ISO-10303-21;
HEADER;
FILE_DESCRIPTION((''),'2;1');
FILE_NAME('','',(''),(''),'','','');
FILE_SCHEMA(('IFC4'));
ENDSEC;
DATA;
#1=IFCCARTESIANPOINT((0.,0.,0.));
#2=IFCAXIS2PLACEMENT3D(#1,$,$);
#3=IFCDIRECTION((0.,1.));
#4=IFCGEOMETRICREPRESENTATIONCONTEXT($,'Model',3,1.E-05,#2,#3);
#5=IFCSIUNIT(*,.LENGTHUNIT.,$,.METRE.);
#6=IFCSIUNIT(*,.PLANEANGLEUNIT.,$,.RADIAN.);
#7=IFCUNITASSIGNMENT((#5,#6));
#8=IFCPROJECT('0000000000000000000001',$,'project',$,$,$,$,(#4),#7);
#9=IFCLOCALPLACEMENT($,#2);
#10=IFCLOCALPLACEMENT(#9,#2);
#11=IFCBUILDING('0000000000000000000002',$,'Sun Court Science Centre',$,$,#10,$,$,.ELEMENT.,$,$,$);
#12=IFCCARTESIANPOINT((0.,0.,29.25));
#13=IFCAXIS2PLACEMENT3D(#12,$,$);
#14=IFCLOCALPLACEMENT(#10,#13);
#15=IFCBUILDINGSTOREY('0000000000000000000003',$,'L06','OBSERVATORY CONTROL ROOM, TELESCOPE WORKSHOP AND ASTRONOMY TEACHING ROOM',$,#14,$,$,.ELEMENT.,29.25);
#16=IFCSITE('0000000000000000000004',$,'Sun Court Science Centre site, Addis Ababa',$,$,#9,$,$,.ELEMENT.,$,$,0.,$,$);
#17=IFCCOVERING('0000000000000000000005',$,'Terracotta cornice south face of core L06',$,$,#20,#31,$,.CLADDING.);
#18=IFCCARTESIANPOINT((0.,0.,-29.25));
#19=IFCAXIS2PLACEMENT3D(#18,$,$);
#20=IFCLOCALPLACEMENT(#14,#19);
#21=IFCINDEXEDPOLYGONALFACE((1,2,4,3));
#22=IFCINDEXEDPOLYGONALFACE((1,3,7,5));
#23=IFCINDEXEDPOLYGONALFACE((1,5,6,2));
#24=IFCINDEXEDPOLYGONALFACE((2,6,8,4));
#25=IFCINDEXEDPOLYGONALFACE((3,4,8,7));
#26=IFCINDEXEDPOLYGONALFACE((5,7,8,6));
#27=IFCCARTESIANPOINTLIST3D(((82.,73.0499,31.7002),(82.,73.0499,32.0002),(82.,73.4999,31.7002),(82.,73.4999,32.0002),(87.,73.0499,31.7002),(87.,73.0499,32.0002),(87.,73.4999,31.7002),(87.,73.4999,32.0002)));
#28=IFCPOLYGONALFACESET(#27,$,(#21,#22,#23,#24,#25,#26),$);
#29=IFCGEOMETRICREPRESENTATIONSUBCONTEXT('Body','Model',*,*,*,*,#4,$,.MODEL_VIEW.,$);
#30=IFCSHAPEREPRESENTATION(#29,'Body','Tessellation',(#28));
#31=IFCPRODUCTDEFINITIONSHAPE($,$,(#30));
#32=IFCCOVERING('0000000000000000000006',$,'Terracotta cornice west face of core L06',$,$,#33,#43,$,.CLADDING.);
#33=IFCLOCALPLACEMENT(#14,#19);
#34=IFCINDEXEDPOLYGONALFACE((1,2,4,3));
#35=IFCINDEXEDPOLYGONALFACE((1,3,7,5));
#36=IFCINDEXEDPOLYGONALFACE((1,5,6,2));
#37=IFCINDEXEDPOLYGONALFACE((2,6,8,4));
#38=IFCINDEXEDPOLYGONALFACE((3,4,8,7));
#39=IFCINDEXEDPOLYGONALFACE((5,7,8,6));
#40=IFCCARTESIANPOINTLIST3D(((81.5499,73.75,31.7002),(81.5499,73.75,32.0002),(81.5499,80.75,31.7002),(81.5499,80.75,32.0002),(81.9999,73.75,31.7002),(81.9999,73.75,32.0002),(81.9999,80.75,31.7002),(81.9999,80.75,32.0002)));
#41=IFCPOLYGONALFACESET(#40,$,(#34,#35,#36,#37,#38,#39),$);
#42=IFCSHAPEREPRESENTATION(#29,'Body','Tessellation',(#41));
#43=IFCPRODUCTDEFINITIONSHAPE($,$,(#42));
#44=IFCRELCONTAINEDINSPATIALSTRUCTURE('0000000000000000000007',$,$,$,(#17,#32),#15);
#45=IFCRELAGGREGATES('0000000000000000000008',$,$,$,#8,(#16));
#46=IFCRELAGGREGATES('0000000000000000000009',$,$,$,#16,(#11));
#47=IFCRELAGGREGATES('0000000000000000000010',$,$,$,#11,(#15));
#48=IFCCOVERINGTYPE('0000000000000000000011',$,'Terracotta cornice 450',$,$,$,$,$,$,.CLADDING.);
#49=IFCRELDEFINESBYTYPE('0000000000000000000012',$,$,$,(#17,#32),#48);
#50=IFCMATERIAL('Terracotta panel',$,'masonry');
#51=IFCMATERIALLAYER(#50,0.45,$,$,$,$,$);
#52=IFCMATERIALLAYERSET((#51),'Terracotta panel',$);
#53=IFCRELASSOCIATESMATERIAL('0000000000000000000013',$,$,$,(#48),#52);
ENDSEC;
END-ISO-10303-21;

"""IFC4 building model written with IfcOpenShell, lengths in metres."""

from ifc_helpers import new_model, si_unit, direction, frame, origin, origin_2d, place, context, subcontext, project, spatial, rectangle, extrude, material, layer, layer_set, type_object, element, save


model = new_model("IFC4")

# Units and contexts
model_context = context("Model", 3, precision=1e-05, world=origin(), true_north=direction((0.0, 1.0)))
body_context = subcontext(model_context, "Body", "Model", "MODEL_VIEW")
ifc_project = project(units=[si_unit("LENGTHUNIT", "METRE"), si_unit("PLANEANGLEUNIT", "RADIAN")], contexts=[model_context])

# Site, building, storey
site_placement = place(None, origin())
site = spatial("IfcSite", under=ifc_project, at=site_placement, Name="Sun Court Science Centre site, Addis Ababa", CompositionType="ELEMENT", RefElevation=0.0)
building_placement = place(site_placement, origin())
building = spatial("IfcBuilding", under=site, at=building_placement, Name="Sun Court Science Centre", CompositionType="ELEMENT")
storey_placement = place(building_placement, frame((0.0, 0.0, 29.25)))
storey = spatial("IfcBuildingStorey", under=building, at=storey_placement, Name="L06", Description="OBSERVATORY CONTROL ROOM, TELESCOPE WORKSHOP AND ASTRONOMY TEACHING ROOM", CompositionType="ELEMENT", Elevation=29.25)

# Coverings
ifc_material_1 = material(Name="Terracotta panel", Category="masonry")
ifc_layer_1 = layer(ifc_material_1, 0.45)
ifc_layer_set_1 = layer_set([ifc_layer_1], Name="Terracotta panel")
covering_type = type_object("IfcCoveringType", Name="Terracotta cornice 450", PredefinedType="CLADDING", material=ifc_layer_set_1)
covering_1_placement = place(storey_placement, frame((0.0, 0.0, -29.25)))
element("IfcCovering", 1, at=covering_1_placement, inside=storey, type_object=covering_type, Name="Terracotta cornice south face of core L06", PredefinedType="CLADDING", context=body_context, shape_type="SweptSolid", body=[
    extrude(rectangle(XDim=5.0, YDim=0.45, at=origin_2d()), frame((84.5, 73.2749, 31.7002), z_axis=(0.0, 0.0, 1.0), x_axis=(-1.0, 0.0, 0.0)), (0.0, 0.0, 1.0), 0.3),
])
covering_2_placement = place(storey_placement, frame((0.0, 0.0, -29.25)))
element("IfcCovering", 2, at=covering_2_placement, inside=storey, type_object=covering_type, Name="Terracotta cornice west face of core L06", PredefinedType="CLADDING", context=body_context, shape_type="SweptSolid", body=[
    extrude(rectangle(XDim=7.0, YDim=0.45, at=origin_2d()), frame((81.7749, 77.25, 31.7002), z_axis=(0.0, 0.0, 1.0), x_axis=(0.0, 1.0, 0.0)), (0.0, 0.0, 1.0), 0.3),
])

save(model, "model.ifc")
